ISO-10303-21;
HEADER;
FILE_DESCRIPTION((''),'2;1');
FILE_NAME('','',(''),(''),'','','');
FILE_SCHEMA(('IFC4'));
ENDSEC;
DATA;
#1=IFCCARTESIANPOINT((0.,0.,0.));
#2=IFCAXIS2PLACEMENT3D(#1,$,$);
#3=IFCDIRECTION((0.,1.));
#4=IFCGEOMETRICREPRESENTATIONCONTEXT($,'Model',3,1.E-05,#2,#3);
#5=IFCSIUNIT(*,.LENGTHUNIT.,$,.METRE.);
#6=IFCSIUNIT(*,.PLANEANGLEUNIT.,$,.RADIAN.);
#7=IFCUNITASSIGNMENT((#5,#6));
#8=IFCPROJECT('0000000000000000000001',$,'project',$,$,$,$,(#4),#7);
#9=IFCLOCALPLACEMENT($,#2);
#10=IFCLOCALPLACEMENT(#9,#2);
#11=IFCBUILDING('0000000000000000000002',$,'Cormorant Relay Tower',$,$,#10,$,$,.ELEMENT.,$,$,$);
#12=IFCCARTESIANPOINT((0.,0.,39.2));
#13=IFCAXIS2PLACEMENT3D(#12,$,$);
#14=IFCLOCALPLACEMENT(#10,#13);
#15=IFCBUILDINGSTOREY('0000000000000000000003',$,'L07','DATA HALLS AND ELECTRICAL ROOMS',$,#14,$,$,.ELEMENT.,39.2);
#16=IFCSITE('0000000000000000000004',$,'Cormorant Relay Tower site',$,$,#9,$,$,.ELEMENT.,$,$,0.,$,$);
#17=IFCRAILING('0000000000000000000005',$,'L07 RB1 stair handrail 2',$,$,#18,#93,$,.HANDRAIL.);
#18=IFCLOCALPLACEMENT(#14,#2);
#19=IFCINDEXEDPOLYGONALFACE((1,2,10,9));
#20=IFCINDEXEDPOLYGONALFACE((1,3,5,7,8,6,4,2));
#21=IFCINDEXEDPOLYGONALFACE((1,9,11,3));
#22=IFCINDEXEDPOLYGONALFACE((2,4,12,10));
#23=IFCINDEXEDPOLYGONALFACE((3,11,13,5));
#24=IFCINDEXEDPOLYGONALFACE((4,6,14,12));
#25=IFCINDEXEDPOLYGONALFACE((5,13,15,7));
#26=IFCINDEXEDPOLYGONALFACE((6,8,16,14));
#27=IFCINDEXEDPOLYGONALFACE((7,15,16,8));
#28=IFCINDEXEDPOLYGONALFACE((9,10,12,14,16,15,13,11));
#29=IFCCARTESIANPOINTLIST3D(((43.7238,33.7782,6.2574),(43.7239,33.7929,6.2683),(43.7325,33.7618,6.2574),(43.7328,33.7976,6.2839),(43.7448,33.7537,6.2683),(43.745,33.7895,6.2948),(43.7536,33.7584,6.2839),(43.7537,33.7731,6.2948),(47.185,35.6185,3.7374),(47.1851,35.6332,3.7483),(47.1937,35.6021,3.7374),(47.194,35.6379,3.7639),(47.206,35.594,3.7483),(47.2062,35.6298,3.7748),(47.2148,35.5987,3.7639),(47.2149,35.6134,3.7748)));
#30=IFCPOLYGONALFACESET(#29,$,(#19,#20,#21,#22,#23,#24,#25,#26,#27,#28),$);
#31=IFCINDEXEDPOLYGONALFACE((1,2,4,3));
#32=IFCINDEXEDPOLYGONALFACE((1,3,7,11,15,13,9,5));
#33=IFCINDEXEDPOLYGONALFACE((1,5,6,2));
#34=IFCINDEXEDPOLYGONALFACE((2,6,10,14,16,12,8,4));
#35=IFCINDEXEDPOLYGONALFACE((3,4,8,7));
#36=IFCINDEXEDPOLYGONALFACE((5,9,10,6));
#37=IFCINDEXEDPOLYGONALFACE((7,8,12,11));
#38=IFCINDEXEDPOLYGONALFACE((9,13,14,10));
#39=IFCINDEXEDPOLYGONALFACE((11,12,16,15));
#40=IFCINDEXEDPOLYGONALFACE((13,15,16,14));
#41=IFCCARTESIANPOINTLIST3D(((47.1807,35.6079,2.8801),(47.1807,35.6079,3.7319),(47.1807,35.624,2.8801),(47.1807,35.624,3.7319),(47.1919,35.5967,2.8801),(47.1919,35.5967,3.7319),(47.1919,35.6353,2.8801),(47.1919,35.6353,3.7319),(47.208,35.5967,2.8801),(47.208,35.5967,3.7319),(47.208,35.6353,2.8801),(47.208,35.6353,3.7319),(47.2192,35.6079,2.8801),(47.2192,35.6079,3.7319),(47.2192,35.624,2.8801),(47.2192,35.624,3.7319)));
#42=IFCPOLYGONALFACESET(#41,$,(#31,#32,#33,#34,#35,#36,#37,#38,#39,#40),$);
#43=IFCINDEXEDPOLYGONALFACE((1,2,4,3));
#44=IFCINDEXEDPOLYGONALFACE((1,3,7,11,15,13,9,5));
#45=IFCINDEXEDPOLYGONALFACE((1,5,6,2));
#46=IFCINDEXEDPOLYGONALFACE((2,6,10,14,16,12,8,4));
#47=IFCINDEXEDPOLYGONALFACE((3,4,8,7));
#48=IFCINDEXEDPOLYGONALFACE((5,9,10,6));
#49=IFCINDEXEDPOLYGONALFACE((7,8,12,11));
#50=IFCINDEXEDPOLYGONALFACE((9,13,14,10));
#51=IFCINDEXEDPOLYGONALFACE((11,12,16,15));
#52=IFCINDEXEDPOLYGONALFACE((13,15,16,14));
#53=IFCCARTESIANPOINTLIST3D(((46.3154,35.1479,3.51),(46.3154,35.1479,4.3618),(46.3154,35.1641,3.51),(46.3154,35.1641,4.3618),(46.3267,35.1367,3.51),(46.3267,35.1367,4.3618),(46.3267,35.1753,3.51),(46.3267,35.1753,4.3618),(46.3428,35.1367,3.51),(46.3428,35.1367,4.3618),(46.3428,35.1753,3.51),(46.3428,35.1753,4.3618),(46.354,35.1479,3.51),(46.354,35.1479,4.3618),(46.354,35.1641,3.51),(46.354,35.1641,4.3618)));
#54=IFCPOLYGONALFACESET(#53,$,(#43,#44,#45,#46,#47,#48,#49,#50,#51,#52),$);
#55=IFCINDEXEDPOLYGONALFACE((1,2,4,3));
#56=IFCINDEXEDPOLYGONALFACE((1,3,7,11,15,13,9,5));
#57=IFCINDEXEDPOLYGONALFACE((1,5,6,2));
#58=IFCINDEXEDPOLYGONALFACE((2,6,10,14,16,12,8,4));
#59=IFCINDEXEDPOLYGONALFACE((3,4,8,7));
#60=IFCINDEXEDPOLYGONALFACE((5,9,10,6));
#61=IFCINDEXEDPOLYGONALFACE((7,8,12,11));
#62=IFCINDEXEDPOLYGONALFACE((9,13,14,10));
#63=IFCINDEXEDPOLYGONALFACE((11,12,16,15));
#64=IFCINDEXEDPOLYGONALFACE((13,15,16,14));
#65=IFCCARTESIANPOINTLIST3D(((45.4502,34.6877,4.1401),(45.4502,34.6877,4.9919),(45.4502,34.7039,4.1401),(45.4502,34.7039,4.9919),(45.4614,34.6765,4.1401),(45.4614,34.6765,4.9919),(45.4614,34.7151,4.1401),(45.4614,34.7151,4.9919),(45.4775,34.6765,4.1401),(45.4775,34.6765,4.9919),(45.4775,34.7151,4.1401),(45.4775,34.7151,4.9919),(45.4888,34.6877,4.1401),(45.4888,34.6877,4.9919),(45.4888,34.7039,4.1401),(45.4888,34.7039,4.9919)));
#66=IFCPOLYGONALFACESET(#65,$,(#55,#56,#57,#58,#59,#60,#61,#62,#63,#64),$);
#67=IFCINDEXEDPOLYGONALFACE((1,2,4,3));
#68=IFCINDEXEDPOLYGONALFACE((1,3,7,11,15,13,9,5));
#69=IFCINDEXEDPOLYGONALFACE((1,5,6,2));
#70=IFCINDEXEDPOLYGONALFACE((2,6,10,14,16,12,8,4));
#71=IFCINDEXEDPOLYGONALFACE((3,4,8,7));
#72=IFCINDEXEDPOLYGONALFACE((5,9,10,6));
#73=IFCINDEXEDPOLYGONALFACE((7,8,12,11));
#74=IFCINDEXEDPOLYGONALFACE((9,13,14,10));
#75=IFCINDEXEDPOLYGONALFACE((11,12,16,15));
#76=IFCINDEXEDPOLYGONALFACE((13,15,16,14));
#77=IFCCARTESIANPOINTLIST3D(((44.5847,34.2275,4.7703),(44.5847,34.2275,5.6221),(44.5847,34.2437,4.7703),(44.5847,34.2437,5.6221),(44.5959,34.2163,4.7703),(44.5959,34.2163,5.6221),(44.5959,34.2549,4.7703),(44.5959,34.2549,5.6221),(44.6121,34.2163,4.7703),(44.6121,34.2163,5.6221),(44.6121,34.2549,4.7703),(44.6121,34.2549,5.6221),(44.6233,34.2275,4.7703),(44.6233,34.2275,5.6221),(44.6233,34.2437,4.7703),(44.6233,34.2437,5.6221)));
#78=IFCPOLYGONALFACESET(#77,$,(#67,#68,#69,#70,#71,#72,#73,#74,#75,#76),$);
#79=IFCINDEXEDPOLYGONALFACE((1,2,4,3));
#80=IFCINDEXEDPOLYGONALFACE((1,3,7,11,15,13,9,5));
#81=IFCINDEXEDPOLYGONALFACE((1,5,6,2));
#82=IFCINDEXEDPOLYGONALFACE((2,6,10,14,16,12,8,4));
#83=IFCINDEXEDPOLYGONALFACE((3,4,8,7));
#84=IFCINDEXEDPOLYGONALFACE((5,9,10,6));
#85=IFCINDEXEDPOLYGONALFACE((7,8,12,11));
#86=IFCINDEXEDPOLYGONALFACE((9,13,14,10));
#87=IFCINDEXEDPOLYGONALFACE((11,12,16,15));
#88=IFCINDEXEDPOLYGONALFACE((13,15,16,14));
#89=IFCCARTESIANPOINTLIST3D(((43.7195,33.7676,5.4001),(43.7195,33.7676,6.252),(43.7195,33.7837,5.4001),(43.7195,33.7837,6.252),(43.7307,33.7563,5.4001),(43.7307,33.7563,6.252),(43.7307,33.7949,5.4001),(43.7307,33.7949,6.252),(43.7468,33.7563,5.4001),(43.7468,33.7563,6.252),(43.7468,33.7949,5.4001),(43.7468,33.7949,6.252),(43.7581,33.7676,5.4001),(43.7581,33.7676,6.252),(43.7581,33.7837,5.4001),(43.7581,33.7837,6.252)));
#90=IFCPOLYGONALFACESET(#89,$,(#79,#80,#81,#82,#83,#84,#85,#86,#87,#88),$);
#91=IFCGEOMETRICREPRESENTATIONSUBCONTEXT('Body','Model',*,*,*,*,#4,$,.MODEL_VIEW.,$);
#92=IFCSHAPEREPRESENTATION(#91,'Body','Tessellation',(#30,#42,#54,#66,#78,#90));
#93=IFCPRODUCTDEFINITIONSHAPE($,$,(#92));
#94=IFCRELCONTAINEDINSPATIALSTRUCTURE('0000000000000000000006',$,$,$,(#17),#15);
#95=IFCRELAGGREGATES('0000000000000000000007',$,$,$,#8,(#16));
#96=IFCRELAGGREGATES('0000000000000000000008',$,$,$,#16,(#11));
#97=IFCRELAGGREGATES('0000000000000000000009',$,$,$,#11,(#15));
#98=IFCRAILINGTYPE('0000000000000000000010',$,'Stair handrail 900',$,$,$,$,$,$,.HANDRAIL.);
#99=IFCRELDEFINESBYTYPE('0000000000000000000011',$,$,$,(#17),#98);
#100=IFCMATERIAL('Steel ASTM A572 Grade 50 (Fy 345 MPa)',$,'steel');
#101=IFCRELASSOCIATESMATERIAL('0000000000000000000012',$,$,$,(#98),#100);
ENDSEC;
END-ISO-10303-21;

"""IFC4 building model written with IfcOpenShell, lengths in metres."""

from ifc_helpers import new_model, si_unit, direction, frame, origin, place, context, subcontext, project, spatial, polyline, outline, extrude, material, type_object, element, save


model = new_model("IFC4")

# Units and contexts
model_context = context("Model", 3, precision=1e-05, world=origin(), true_north=direction((0.0, 1.0)))
body_context = subcontext(model_context, "Body", "Model", "MODEL_VIEW")
ifc_project = project(units=[si_unit("LENGTHUNIT", "METRE"), si_unit("PLANEANGLEUNIT", "RADIAN")], contexts=[model_context])

# Site, building, storey
site_placement = place(None, origin())
site = spatial("IfcSite", under=ifc_project, at=site_placement, Name="Cormorant Relay Tower site", CompositionType="ELEMENT", RefElevation=0.0)
building_placement = place(site_placement, origin())
building = spatial("IfcBuilding", under=site, at=building_placement, Name="Cormorant Relay Tower", CompositionType="ELEMENT")
storey_placement = place(building_placement, frame((0.0, 0.0, 39.2)))
storey = spatial("IfcBuildingStorey", under=building, at=storey_placement, Name="L07", Description="DATA HALLS AND ELECTRICAL ROOMS", CompositionType="ELEMENT", Elevation=39.2)

# Railing
ifc_material_1 = material(Name="Steel ASTM A572 Grade 50 (Fy 345 MPa)", Category="steel")
railing_type_1 = type_object("IfcRailingType", Name="Stair handrail 900", PredefinedType="HANDRAIL", material=ifc_material_1)
railing_1_placement = place(storey_placement, frame((47.2, 35.616, 2.8801)))
element("IfcRailing", 1, at=railing_1_placement, inside=storey, type_object=railing_type_1, Name="L07 RB1 stair handrail 2", PredefinedType="HANDRAIL", context=body_context, shape_type="SweptSolid", body=[
    extrude(outline(polyline([(0.0222, 0.0093), (0.0093, 0.0222), (-0.0093, 0.0222), (-0.0222, 0.0093), (-0.0222, -0.0093), (-0.0093, -0.0222), (0.0093, -0.0222), (0.0222, -0.0093), (0.0222, 0.0093)])), frame((0.0, 0.0, 0.876), z_axis=(-0.742717, -0.394907, 0.540758), x_axis=(0.469469, -0.882949, 0.0)), (0.0, 0.0, 1.0), 4.6602),
    extrude(outline(polyline([(0.0193, 0.0081), (0.0081, 0.0193), (-0.0081, 0.0193), (-0.0193, 0.0081), (-0.0193, -0.0081), (-0.0081, -0.0193), (0.0081, -0.0193), (0.0193, -0.0081), (0.0193, 0.0081)])), origin(), (0.0, 0.0, 1.0), 0.8518),
    extrude(outline(polyline([(0.0193, 0.0081), (0.0081, 0.0193), (-0.0081, 0.0193), (-0.0193, 0.0081), (-0.0193, -0.0081), (-0.0081, -0.0193), (0.0081, -0.0193), (0.0193, -0.0081), (0.0193, 0.0081)])), frame((-0.8652, -0.46, 0.6299)), (0.0, 0.0, 1.0), 0.8518),
    extrude(outline(polyline([(0.0193, 0.0081), (0.0081, 0.0193), (-0.0081, 0.0193), (-0.0193, 0.0081), (-0.0193, -0.0081), (-0.0081, -0.0193), (0.0081, -0.0193), (0.0193, -0.0081), (0.0193, 0.0081)])), frame((-1.7305, -0.9202, 1.26)), (0.0, 0.0, 1.0), 0.8518),
    extrude(outline(polyline([(0.0193, 0.0081), (0.0081, 0.0193), (-0.0081, 0.0193), (-0.0193, 0.0081), (-0.0193, -0.0081), (-0.0081, -0.0193), (0.0081, -0.0193), (0.0193, -0.0081), (0.0193, 0.0081)])), frame((-2.5959, -1.3804, 1.8901)), (0.0, 0.0, 1.0), 0.8518),
    extrude(outline(polyline([(0.0193, 0.0081), (0.0081, 0.0193), (-0.0081, 0.0193), (-0.0193, 0.0081), (-0.0193, -0.0081), (-0.0081, -0.0193), (0.0081, -0.0193), (0.0193, -0.0081), (0.0193, 0.0081)])), frame((-3.4612, -1.8403, 2.52)), (0.0, 0.0, 1.0), 0.8518),
])

save(model, "model.ifc")
